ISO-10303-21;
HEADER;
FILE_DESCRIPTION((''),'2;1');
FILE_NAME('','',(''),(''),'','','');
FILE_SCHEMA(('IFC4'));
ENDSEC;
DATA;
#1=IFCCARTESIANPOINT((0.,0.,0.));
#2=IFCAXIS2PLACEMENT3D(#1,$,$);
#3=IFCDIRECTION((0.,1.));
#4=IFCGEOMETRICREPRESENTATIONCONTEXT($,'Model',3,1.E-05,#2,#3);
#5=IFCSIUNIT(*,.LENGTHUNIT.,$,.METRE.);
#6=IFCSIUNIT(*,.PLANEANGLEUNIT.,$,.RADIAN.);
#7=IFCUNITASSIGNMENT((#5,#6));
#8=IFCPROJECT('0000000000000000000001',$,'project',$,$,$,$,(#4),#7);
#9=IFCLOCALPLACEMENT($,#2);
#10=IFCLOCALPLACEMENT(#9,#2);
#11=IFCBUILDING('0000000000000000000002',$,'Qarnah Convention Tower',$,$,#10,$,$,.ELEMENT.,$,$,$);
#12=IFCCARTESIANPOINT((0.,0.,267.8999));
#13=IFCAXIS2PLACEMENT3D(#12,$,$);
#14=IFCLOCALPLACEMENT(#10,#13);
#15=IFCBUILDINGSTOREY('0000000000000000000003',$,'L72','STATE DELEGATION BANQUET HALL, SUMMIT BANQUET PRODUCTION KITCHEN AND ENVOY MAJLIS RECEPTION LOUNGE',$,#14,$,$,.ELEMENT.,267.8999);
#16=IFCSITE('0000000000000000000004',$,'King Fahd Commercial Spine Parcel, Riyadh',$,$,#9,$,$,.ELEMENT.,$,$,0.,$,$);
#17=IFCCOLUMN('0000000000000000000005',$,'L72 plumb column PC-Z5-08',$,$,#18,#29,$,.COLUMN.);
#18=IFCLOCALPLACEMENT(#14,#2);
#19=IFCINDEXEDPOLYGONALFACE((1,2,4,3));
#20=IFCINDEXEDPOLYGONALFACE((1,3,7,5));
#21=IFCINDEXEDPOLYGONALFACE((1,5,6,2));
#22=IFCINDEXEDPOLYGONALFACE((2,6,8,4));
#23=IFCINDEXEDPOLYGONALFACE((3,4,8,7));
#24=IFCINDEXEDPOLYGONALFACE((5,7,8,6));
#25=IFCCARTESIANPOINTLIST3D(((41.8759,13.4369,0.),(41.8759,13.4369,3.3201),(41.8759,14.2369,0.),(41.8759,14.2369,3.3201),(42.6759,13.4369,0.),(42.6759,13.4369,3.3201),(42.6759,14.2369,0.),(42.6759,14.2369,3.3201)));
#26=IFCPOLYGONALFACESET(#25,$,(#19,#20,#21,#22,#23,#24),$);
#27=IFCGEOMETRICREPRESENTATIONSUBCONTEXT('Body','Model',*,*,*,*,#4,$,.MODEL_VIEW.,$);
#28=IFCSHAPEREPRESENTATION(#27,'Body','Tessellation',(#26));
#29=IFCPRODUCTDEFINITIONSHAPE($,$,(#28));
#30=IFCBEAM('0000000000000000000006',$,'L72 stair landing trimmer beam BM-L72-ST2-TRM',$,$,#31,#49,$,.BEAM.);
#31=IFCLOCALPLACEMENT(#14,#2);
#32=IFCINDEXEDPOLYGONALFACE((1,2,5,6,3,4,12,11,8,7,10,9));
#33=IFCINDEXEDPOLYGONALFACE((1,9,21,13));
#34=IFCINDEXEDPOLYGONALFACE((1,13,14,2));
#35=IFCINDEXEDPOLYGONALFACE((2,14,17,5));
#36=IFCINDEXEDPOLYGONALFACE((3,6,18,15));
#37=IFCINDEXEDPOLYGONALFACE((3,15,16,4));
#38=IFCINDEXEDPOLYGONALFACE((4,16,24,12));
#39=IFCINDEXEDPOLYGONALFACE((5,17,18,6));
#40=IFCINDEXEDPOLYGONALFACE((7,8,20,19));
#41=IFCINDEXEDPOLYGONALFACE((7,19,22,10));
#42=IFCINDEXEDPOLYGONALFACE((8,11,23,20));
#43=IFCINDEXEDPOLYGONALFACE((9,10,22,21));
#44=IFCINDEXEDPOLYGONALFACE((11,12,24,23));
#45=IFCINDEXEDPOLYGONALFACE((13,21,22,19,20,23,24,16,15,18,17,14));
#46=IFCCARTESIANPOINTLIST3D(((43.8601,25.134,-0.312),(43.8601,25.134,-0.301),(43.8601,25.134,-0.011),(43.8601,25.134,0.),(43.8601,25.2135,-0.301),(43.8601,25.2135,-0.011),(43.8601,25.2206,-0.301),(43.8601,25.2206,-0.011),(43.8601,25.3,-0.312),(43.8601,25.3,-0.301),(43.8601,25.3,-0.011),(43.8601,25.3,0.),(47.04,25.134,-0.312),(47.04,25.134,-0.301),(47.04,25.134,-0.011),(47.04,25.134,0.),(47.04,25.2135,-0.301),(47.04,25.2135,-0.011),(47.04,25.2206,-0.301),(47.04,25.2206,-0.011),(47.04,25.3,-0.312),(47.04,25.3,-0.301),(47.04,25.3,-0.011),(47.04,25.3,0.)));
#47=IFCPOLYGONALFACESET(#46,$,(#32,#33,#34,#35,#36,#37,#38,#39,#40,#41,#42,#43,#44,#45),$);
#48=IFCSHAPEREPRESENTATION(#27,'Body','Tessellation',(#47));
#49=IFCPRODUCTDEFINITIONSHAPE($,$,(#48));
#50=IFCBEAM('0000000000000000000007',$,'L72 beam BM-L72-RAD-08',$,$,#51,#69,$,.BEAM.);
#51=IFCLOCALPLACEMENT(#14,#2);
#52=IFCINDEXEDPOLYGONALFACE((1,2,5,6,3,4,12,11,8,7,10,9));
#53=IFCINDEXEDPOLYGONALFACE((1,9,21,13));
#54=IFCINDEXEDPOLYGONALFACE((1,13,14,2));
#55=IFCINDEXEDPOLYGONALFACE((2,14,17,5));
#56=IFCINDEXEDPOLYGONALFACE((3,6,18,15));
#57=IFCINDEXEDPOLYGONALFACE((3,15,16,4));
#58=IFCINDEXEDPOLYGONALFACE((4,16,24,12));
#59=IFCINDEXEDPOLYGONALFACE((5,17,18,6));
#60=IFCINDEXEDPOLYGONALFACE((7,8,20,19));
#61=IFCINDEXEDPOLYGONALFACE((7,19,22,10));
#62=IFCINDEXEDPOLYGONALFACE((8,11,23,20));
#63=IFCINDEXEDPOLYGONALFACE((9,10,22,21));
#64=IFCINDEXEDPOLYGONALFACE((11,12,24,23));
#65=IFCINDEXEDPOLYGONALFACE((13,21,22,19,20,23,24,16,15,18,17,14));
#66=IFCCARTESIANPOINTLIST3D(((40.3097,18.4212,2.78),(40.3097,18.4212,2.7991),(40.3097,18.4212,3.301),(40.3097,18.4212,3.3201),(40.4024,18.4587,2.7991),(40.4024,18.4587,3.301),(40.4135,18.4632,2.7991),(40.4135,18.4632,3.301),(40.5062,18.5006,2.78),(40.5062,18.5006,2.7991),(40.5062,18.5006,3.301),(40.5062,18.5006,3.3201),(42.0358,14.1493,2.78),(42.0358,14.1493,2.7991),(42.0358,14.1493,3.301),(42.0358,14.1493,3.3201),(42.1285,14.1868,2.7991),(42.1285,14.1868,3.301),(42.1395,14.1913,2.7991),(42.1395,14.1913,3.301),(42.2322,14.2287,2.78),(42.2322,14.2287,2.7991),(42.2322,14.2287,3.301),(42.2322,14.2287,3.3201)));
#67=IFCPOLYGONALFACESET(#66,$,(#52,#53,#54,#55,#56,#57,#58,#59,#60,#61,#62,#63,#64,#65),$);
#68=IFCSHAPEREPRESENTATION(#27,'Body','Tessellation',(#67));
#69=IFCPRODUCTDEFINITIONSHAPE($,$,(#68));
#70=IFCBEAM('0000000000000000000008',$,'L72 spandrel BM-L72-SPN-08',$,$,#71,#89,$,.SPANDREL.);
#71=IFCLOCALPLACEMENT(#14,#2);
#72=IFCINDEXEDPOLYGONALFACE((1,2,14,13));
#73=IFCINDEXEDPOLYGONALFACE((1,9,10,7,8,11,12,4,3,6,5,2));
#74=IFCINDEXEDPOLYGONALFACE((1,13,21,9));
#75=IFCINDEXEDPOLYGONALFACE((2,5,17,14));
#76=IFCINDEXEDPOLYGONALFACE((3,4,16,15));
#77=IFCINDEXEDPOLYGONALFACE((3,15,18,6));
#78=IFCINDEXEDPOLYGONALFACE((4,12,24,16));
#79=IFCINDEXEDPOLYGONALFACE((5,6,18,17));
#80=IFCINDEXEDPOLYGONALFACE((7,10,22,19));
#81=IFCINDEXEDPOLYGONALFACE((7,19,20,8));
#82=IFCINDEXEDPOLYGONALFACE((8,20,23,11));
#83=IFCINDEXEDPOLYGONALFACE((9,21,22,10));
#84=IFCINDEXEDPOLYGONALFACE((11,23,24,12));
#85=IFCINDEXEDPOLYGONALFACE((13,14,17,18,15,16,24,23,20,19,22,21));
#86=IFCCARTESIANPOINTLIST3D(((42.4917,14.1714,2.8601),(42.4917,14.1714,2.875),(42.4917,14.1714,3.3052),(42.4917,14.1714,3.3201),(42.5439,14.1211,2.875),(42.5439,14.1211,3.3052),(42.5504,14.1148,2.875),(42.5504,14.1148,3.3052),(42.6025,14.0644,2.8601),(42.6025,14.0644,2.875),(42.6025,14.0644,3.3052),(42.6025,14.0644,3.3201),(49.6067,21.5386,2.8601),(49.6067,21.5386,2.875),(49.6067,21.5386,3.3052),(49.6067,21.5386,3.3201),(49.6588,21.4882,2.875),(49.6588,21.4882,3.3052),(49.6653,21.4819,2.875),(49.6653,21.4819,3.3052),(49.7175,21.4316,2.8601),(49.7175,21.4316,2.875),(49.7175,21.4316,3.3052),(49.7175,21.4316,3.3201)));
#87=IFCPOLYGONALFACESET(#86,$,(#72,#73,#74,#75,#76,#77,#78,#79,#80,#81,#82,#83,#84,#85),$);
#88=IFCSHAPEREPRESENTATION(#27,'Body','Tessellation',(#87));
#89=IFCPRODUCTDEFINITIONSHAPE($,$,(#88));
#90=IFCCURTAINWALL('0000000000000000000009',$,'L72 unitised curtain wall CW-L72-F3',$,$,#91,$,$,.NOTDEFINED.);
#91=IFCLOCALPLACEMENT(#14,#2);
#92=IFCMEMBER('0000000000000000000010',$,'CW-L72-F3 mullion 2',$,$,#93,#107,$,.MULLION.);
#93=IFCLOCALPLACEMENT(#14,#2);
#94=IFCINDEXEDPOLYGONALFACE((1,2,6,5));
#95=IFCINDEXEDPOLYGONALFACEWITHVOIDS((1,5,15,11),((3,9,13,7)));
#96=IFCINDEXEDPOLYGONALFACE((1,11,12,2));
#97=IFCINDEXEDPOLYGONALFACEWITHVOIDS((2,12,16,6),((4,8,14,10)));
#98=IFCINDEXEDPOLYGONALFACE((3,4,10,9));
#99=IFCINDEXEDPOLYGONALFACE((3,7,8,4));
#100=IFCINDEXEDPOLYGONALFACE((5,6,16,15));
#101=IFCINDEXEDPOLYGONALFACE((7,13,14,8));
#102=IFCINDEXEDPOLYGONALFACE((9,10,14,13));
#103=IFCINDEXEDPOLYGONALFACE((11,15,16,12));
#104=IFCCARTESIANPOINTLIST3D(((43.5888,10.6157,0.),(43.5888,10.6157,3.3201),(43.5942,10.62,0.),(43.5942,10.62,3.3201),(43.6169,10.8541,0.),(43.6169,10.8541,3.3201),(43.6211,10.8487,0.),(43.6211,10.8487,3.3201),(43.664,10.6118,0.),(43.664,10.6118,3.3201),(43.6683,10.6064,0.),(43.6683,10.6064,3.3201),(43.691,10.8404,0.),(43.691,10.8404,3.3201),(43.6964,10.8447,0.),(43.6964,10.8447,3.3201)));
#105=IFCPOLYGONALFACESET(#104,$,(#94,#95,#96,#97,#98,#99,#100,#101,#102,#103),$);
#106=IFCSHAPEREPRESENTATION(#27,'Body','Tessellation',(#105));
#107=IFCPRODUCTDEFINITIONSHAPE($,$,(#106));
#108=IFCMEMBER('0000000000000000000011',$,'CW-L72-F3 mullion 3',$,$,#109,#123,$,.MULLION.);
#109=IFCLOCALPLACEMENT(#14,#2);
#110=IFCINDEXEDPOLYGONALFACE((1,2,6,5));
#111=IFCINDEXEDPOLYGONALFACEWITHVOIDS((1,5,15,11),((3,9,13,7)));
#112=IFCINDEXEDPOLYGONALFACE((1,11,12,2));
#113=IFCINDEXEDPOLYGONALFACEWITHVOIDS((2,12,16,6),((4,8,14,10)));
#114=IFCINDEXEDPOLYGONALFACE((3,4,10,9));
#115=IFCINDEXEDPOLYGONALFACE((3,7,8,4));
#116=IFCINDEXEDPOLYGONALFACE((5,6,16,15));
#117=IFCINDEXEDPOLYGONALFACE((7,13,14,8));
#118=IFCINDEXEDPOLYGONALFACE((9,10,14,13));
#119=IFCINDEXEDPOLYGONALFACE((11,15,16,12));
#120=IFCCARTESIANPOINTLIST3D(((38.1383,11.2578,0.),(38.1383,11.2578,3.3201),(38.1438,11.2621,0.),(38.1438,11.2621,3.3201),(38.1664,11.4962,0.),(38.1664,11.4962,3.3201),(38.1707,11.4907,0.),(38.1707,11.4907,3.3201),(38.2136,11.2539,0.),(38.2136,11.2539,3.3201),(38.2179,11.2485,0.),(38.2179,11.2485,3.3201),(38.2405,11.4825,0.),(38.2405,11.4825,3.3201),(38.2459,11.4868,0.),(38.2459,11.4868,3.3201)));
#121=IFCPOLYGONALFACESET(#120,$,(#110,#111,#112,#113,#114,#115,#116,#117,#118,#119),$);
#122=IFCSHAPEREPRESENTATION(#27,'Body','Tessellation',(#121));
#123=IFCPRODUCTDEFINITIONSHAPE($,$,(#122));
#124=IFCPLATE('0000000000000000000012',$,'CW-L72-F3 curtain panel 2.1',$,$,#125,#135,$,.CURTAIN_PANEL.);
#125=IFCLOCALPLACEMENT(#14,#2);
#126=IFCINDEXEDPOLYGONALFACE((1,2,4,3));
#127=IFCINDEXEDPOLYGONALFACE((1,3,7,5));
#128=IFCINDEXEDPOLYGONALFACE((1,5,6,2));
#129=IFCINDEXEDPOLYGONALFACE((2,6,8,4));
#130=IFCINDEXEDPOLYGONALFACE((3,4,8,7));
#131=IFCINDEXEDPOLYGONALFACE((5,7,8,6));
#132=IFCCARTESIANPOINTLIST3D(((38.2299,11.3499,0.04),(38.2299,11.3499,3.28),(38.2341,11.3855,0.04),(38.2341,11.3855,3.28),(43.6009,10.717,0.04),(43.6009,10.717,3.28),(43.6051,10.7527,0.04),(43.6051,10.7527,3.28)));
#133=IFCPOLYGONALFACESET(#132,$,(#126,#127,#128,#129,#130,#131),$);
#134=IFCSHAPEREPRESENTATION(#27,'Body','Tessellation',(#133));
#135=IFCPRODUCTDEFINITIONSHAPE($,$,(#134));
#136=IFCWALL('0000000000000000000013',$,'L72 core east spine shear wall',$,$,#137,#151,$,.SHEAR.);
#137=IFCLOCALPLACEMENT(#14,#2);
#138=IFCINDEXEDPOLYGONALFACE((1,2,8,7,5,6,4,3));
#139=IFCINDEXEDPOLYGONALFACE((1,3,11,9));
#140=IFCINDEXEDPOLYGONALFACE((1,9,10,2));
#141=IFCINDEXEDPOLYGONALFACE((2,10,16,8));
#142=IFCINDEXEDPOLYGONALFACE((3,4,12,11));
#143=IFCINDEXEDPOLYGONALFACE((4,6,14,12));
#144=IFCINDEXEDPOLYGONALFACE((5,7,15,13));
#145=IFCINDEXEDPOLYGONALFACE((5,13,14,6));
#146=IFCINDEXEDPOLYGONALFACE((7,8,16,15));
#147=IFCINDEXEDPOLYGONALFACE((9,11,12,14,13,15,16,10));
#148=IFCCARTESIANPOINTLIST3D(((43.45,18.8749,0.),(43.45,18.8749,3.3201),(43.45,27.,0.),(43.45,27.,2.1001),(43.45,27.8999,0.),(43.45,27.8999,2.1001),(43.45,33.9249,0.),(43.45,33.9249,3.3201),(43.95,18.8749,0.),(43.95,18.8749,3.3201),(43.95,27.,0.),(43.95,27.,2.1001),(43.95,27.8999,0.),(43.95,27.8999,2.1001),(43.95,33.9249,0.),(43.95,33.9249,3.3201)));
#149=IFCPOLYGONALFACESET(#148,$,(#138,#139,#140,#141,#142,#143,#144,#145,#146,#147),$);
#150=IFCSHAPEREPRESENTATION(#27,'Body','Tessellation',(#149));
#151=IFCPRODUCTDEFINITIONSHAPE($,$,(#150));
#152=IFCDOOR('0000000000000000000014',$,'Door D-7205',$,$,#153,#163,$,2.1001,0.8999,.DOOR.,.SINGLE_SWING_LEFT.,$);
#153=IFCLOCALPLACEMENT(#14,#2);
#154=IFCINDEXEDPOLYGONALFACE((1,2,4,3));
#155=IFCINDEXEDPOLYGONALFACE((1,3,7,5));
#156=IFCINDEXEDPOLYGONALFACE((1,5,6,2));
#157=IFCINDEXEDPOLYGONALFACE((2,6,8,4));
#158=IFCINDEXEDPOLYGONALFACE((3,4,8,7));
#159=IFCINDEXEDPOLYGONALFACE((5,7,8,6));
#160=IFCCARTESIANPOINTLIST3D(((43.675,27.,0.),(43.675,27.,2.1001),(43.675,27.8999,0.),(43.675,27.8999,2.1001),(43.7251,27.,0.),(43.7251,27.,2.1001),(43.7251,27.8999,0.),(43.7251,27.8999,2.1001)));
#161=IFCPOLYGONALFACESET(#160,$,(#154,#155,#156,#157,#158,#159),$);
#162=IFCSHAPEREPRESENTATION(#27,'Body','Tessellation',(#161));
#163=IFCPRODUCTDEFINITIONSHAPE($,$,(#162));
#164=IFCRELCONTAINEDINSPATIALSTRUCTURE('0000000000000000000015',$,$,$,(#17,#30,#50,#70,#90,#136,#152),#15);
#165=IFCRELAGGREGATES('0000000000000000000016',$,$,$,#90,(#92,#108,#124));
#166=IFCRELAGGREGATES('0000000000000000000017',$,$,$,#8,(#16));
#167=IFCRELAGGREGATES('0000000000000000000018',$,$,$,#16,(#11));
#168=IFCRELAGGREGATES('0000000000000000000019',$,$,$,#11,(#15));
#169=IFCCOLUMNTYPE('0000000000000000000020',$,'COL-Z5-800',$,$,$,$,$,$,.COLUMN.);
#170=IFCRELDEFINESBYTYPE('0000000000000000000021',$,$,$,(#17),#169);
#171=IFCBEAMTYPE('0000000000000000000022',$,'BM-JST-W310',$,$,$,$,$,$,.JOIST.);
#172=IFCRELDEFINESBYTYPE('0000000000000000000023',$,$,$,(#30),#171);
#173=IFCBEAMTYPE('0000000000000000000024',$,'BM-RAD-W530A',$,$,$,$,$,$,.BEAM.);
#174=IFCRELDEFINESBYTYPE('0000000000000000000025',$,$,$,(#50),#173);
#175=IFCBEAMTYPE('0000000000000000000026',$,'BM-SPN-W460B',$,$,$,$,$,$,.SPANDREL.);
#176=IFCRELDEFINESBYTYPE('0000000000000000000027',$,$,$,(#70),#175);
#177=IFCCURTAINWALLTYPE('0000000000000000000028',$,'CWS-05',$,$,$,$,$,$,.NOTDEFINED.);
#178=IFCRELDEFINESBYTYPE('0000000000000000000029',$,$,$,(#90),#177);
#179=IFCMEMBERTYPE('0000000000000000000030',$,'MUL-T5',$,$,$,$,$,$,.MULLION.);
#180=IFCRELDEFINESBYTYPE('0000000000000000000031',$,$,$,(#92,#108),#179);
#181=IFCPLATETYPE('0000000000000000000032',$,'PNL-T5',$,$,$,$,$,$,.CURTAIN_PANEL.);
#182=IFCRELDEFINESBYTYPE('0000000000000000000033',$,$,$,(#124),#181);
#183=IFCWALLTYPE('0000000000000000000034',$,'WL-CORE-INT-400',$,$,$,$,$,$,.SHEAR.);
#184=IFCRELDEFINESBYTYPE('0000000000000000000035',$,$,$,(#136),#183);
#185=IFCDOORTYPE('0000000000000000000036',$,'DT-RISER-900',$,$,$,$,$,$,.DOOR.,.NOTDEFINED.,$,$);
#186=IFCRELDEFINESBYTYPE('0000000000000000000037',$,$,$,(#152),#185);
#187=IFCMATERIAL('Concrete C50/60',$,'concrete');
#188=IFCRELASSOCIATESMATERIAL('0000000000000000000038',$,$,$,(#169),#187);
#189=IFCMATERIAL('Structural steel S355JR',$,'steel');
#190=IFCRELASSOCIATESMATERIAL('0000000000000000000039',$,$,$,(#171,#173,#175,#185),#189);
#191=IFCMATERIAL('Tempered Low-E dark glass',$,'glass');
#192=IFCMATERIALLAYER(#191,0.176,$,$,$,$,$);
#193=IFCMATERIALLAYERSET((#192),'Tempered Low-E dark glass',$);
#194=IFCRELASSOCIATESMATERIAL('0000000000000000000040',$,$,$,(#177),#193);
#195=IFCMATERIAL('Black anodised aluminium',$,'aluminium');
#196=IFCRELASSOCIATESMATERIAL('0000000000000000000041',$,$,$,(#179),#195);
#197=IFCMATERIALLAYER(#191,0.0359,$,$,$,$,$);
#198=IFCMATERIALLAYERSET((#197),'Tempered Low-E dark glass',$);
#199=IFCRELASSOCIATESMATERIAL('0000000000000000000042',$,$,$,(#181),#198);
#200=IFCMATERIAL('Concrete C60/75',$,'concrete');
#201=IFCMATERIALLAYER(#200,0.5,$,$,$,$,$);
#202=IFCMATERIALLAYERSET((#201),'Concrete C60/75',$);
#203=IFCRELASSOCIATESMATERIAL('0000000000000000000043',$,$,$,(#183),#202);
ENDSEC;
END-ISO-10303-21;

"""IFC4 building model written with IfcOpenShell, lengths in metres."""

from ifc_helpers import new_model, si_unit, direction, frame, frame_2d, origin, origin_2d, place, context, subcontext, project, spatial, rectangle, hollow_rectangle, i_section, extrude, material, layer, layer_set, material_profile, profile_set, type_object, element, fill, aggregate, save


model = new_model("IFC4")

# Units and contexts
model_context = context("Model", 3, precision=1e-05, world=origin(), true_north=direction((0.0, 1.0)))
body_context = subcontext(model_context, "Body", "Model", "MODEL_VIEW")
ifc_project = project(units=[si_unit("LENGTHUNIT", "METRE"), si_unit("PLANEANGLEUNIT", "RADIAN")], contexts=[model_context])

# Site, building, storey
site_placement = place(None, origin())
site = spatial("IfcSite", under=ifc_project, at=site_placement, Name="King Fahd Commercial Spine Parcel, Riyadh", CompositionType="ELEMENT", RefElevation=0.0)
building_placement = place(site_placement, origin())
building = spatial("IfcBuilding", under=site, at=building_placement, Name="Qarnah Convention Tower", CompositionType="ELEMENT")
storey_placement = place(building_placement, frame((0.0, 0.0, 267.8999)))
storey = spatial("IfcBuildingStorey", under=building, at=storey_placement, Name="L72", Description="STATE DELEGATION BANQUET HALL, SUMMIT BANQUET PRODUCTION KITCHEN AND ENVOY MAJLIS RECEPTION LOUNGE", CompositionType="ELEMENT", Elevation=267.8999)

# Column
ifc_material_1 = material(Name="Concrete C50/60", Category="concrete")
ifc_material_profile_1 = material_profile(ifc_material_1, rectangle(XDim=0.8, YDim=0.8, at=origin_2d()), Name="RC-COL-800X800")
ifc_profile_set_1 = profile_set([ifc_material_profile_1], Name="Concrete C50/60")
column_type = type_object("IfcColumnType", Name="COL-Z5-800", PredefinedType="COLUMN", material=ifc_profile_set_1)
column_placement = place(storey_placement, frame((42.2759, 13.8369, 0.0), z_axis=(0.0, 0.0, 1.0), x_axis=(1.0, 0.0, 0.0)))
element("IfcColumn", 1, at=column_placement, inside=storey, type_object=column_type, Name="L72 plumb column PC-Z5-08", PredefinedType="COLUMN", context=body_context, shape_type="SweptSolid", body=[
    extrude(rectangle(XDim=0.8, YDim=0.8, at=origin_2d()), origin(), (0.0, 0.0, 1.0), 3.3201),
])

# Beams
ifc_material_2 = material(Name="Structural steel S355JR", Category="steel")
ifc_material_profile_2 = material_profile(ifc_material_2, i_section(OverallWidth=0.166, OverallDepth=0.312, WebThickness=0.0071, FlangeThickness=0.011, at=origin_2d()), Name="W310X45")
ifc_profile_set_2 = profile_set([ifc_material_profile_2], Name="Structural steel S355JR")
beam_type_1 = type_object("IfcBeamType", Name="BM-JST-W310", PredefinedType="JOIST", material=ifc_profile_set_2)
beam_1_placement = place(storey_placement, frame((43.8601, 25.217, -0.156), z_axis=(1.0, 0.0, 0.0), x_axis=(0.0, 1.0, 0.0)))
element("IfcBeam", 2, at=beam_1_placement, inside=storey, type_object=beam_type_1, Name="L72 stair landing trimmer beam BM-L72-ST2-TRM", PredefinedType="BEAM", context=body_context, shape_type="SweptSolid", body=[
    extrude(i_section(OverallWidth=0.166, OverallDepth=0.312, WebThickness=0.0071, FlangeThickness=0.011, at=origin_2d()), origin(), (0.0, 0.0, 1.0), 3.1799),
])
ifc_material_profile_3 = material_profile(ifc_material_2, i_section(OverallWidth=0.2119, OverallDepth=0.54, WebThickness=0.012, FlangeThickness=0.019, at=origin_2d()), Name="W530X109")
ifc_profile_set_3 = profile_set([ifc_material_profile_3], Name="Structural steel S355JR")
beam_type_2 = type_object("IfcBeamType", Name="BM-RAD-W530A", PredefinedType="BEAM", material=ifc_profile_set_3)
beam_2_placement = place(storey_placement, frame((40.408, 18.4609, 3.05), z_axis=(0.374622, -0.927177, 0.0), x_axis=(0.927177, 0.374622, 0.0)))
element("IfcBeam", 3, at=beam_2_placement, inside=storey, type_object=beam_type_2, Name="L72 beam BM-L72-RAD-08", PredefinedType="BEAM", context=body_context, shape_type="SweptSolid", body=[
    extrude(i_section(OverallWidth=0.2119, OverallDepth=0.54, WebThickness=0.012, FlangeThickness=0.019, at=origin_2d()), origin(), (0.0, 0.0, 1.0), 4.6074),
])
ifc_material_profile_4 = material_profile(ifc_material_2, i_section(OverallWidth=0.1541, OverallDepth=0.46, WebThickness=0.009, FlangeThickness=0.0149, at=origin_2d()), Name="W460X68")
ifc_profile_set_4 = profile_set([ifc_material_profile_4], Name="Structural steel S355JR")
beam_type_3 = type_object("IfcBeamType", Name="BM-SPN-W460B", PredefinedType="SPANDREL", material=ifc_profile_set_4)
beam_3_placement = place(storey_placement, frame((42.5471, 14.1179, 3.0901), z_axis=(0.694688, 0.719312, 0.0), x_axis=(-0.719312, 0.694688, 0.0)))
element("IfcBeam", 4, at=beam_3_placement, inside=storey, type_object=beam_type_3, Name="L72 spandrel BM-L72-SPN-08", PredefinedType="SPANDREL", context=body_context, shape_type="SweptSolid", body=[
    extrude(i_section(OverallWidth=0.1541, OverallDepth=0.46, WebThickness=0.009, FlangeThickness=0.0149, at=origin_2d()), origin(), (0.0, 0.0, 1.0), 10.2419),
])

# Curtain wall, members, plate
ifc_material_3 = material(Name="Tempered Low-E dark glass", Category="glass")
ifc_layer_1 = layer(ifc_material_3, 0.176)
ifc_layer_set_1 = layer_set([ifc_layer_1], Name="Tempered Low-E dark glass")
curtain_wall_type = type_object("IfcCurtainWallType", Name="CWS-05", PredefinedType="NOTDEFINED", material=ifc_layer_set_1)
curtain_wall_placement = place(storey_placement, origin())
curtain_wall = element("IfcCurtainWall", 5, at=curtain_wall_placement, inside=storey, type_object=curtain_wall_type, Name="L72 unitised curtain wall CW-L72-F3", PredefinedType="NOTDEFINED")
ifc_material_4 = material(Name="Black anodised aluminium", Category="aluminium")
ifc_material_profile_5 = material_profile(ifc_material_4, hollow_rectangle(XDim=0.0801, YDim=0.24, WallThickness=0.0049, at=origin_2d()), Name="MUL-80X240")
ifc_profile_set_5 = profile_set([ifc_material_profile_5], Name="Black anodised aluminium")
member_type = type_object("IfcMemberType", Name="MUL-T5", PredefinedType="MULLION", material=ifc_profile_set_5)
member_1_placement = place(storey_placement, frame((43.6426, 10.7302, 0.0), z_axis=(0.0, 0.0, 1.0), x_axis=(-0.99313, 0.117017, 0.0)))
member_1 = element("IfcMember", 6, at=member_1_placement, type_object=member_type, Name="CW-L72-F3 mullion 2", PredefinedType="MULLION", context=body_context, shape_type="SweptSolid", body=[
    extrude(hollow_rectangle(XDim=0.0801, YDim=0.24, WallThickness=0.0049, at=origin_2d()), origin(), (0.0, 0.0, 1.0), 3.3201),
])
member_2_placement = place(storey_placement, frame((38.1921, 11.3723, 0.0), z_axis=(0.0, 0.0, 1.0), x_axis=(-0.99313, 0.117017, 0.0)))
member_2 = element("IfcMember", 7, at=member_2_placement, type_object=member_type, Name="CW-L72-F3 mullion 3", PredefinedType="MULLION", context=body_context, shape_type="SweptSolid", body=[
    extrude(hollow_rectangle(XDim=0.0801, YDim=0.24, WallThickness=0.0049, at=origin_2d()), origin(), (0.0, 0.0, 1.0), 3.3201),
])
ifc_layer_2 = layer(ifc_material_3, 0.0359)
ifc_layer_set_2 = layer_set([ifc_layer_2], Name="Tempered Low-E dark glass")
plate_type = type_object("IfcPlateType", Name="PNL-T5", PredefinedType="CURTAIN_PANEL", material=ifc_layer_set_2)
plate_placement = place(storey_placement, frame((40.9175, 11.0513, 0.04), z_axis=(0.0, 0.0, 1.0), x_axis=(-0.99313, 0.117017, 0.0)))
plate = element("IfcPlate", 8, at=plate_placement, type_object=plate_type, Name="CW-L72-F3 curtain panel 2.1", PredefinedType="CURTAIN_PANEL", context=body_context, shape_type="SweptSolid", body=[
    extrude(rectangle(XDim=5.4082, YDim=0.0359, at=origin_2d()), origin(), (0.0, 0.0, 1.0), 3.24),
])
aggregate(curtain_wall, [member_1, member_2, plate])

# Wall, opening, door
ifc_material_5 = material(Name="Concrete C60/75", Category="concrete")
ifc_layer_3 = layer(ifc_material_5, 0.5)
ifc_layer_set_3 = layer_set([ifc_layer_3], Name="Concrete C60/75")
wall_type_1 = type_object("IfcWallType", Name="WL-CORE-INT-400", PredefinedType="SHEAR", material=ifc_layer_set_3)
wall_1_placement = place(storey_placement, frame((43.7, 18.875, 0.0), z_axis=(0.0, 0.0, 1.0), x_axis=(0.0, 1.0, 0.0)))
wall_1 = element("IfcWall", 9, at=wall_1_placement, inside=storey, type_object=wall_type_1, Name="L72 core east spine shear wall", PredefinedType="SHEAR", context=body_context, shape_type="SweptSolid", body=[
    extrude(rectangle(XDim=15.05, YDim=0.5, at=frame_2d((7.5249, 0.0))), origin(), (0.0, 0.0, 1.0), 3.3201),
])
opening_1_placement = place(wall_1_placement, frame((8.125, 0.0, 0.0)))
opening_1 = element("IfcOpeningElement", 10, at=opening_1_placement, cuts=wall_1, PredefinedType="OPENING", context=body_context, shape_type="SweptSolid", body=[
    extrude(rectangle(XDim=0.8999, YDim=2.1001, at=frame_2d((0.45, 1.05))), frame((0.0, 0.26, 0.0), z_axis=(0.0, -1.0, 0.0), x_axis=(1.0, 0.0, 0.0)), (0.0, 0.0, 1.0), 0.52),
])
door_type_1 = type_object("IfcDoorType", Name="DT-RISER-900", OperationType="NOTDEFINED", PredefinedType="DOOR", material=ifc_material_2)
door_1_placement = place(opening_1_placement, origin())
door_1 = element("IfcDoor", 11, at=door_1_placement, inside=storey, type_object=door_type_1, Name="Door D-7205", OperationType="SINGLE_SWING_LEFT", OverallHeight=2.1001, OverallWidth=0.8999, PredefinedType="DOOR", context=body_context, shape_type="SweptSolid", body=[
    extrude(rectangle(XDim=0.8999, YDim=2.1001, at=frame_2d((0.45, 1.05))), frame((0.0, 0.0249, 0.0), z_axis=(0.0, -1.0, 0.0), x_axis=(1.0, 0.0, 0.0)), (0.0, 0.0, 1.0), 0.05),
])
fill(opening_1, door_1)

save(model, "model.ifc")
